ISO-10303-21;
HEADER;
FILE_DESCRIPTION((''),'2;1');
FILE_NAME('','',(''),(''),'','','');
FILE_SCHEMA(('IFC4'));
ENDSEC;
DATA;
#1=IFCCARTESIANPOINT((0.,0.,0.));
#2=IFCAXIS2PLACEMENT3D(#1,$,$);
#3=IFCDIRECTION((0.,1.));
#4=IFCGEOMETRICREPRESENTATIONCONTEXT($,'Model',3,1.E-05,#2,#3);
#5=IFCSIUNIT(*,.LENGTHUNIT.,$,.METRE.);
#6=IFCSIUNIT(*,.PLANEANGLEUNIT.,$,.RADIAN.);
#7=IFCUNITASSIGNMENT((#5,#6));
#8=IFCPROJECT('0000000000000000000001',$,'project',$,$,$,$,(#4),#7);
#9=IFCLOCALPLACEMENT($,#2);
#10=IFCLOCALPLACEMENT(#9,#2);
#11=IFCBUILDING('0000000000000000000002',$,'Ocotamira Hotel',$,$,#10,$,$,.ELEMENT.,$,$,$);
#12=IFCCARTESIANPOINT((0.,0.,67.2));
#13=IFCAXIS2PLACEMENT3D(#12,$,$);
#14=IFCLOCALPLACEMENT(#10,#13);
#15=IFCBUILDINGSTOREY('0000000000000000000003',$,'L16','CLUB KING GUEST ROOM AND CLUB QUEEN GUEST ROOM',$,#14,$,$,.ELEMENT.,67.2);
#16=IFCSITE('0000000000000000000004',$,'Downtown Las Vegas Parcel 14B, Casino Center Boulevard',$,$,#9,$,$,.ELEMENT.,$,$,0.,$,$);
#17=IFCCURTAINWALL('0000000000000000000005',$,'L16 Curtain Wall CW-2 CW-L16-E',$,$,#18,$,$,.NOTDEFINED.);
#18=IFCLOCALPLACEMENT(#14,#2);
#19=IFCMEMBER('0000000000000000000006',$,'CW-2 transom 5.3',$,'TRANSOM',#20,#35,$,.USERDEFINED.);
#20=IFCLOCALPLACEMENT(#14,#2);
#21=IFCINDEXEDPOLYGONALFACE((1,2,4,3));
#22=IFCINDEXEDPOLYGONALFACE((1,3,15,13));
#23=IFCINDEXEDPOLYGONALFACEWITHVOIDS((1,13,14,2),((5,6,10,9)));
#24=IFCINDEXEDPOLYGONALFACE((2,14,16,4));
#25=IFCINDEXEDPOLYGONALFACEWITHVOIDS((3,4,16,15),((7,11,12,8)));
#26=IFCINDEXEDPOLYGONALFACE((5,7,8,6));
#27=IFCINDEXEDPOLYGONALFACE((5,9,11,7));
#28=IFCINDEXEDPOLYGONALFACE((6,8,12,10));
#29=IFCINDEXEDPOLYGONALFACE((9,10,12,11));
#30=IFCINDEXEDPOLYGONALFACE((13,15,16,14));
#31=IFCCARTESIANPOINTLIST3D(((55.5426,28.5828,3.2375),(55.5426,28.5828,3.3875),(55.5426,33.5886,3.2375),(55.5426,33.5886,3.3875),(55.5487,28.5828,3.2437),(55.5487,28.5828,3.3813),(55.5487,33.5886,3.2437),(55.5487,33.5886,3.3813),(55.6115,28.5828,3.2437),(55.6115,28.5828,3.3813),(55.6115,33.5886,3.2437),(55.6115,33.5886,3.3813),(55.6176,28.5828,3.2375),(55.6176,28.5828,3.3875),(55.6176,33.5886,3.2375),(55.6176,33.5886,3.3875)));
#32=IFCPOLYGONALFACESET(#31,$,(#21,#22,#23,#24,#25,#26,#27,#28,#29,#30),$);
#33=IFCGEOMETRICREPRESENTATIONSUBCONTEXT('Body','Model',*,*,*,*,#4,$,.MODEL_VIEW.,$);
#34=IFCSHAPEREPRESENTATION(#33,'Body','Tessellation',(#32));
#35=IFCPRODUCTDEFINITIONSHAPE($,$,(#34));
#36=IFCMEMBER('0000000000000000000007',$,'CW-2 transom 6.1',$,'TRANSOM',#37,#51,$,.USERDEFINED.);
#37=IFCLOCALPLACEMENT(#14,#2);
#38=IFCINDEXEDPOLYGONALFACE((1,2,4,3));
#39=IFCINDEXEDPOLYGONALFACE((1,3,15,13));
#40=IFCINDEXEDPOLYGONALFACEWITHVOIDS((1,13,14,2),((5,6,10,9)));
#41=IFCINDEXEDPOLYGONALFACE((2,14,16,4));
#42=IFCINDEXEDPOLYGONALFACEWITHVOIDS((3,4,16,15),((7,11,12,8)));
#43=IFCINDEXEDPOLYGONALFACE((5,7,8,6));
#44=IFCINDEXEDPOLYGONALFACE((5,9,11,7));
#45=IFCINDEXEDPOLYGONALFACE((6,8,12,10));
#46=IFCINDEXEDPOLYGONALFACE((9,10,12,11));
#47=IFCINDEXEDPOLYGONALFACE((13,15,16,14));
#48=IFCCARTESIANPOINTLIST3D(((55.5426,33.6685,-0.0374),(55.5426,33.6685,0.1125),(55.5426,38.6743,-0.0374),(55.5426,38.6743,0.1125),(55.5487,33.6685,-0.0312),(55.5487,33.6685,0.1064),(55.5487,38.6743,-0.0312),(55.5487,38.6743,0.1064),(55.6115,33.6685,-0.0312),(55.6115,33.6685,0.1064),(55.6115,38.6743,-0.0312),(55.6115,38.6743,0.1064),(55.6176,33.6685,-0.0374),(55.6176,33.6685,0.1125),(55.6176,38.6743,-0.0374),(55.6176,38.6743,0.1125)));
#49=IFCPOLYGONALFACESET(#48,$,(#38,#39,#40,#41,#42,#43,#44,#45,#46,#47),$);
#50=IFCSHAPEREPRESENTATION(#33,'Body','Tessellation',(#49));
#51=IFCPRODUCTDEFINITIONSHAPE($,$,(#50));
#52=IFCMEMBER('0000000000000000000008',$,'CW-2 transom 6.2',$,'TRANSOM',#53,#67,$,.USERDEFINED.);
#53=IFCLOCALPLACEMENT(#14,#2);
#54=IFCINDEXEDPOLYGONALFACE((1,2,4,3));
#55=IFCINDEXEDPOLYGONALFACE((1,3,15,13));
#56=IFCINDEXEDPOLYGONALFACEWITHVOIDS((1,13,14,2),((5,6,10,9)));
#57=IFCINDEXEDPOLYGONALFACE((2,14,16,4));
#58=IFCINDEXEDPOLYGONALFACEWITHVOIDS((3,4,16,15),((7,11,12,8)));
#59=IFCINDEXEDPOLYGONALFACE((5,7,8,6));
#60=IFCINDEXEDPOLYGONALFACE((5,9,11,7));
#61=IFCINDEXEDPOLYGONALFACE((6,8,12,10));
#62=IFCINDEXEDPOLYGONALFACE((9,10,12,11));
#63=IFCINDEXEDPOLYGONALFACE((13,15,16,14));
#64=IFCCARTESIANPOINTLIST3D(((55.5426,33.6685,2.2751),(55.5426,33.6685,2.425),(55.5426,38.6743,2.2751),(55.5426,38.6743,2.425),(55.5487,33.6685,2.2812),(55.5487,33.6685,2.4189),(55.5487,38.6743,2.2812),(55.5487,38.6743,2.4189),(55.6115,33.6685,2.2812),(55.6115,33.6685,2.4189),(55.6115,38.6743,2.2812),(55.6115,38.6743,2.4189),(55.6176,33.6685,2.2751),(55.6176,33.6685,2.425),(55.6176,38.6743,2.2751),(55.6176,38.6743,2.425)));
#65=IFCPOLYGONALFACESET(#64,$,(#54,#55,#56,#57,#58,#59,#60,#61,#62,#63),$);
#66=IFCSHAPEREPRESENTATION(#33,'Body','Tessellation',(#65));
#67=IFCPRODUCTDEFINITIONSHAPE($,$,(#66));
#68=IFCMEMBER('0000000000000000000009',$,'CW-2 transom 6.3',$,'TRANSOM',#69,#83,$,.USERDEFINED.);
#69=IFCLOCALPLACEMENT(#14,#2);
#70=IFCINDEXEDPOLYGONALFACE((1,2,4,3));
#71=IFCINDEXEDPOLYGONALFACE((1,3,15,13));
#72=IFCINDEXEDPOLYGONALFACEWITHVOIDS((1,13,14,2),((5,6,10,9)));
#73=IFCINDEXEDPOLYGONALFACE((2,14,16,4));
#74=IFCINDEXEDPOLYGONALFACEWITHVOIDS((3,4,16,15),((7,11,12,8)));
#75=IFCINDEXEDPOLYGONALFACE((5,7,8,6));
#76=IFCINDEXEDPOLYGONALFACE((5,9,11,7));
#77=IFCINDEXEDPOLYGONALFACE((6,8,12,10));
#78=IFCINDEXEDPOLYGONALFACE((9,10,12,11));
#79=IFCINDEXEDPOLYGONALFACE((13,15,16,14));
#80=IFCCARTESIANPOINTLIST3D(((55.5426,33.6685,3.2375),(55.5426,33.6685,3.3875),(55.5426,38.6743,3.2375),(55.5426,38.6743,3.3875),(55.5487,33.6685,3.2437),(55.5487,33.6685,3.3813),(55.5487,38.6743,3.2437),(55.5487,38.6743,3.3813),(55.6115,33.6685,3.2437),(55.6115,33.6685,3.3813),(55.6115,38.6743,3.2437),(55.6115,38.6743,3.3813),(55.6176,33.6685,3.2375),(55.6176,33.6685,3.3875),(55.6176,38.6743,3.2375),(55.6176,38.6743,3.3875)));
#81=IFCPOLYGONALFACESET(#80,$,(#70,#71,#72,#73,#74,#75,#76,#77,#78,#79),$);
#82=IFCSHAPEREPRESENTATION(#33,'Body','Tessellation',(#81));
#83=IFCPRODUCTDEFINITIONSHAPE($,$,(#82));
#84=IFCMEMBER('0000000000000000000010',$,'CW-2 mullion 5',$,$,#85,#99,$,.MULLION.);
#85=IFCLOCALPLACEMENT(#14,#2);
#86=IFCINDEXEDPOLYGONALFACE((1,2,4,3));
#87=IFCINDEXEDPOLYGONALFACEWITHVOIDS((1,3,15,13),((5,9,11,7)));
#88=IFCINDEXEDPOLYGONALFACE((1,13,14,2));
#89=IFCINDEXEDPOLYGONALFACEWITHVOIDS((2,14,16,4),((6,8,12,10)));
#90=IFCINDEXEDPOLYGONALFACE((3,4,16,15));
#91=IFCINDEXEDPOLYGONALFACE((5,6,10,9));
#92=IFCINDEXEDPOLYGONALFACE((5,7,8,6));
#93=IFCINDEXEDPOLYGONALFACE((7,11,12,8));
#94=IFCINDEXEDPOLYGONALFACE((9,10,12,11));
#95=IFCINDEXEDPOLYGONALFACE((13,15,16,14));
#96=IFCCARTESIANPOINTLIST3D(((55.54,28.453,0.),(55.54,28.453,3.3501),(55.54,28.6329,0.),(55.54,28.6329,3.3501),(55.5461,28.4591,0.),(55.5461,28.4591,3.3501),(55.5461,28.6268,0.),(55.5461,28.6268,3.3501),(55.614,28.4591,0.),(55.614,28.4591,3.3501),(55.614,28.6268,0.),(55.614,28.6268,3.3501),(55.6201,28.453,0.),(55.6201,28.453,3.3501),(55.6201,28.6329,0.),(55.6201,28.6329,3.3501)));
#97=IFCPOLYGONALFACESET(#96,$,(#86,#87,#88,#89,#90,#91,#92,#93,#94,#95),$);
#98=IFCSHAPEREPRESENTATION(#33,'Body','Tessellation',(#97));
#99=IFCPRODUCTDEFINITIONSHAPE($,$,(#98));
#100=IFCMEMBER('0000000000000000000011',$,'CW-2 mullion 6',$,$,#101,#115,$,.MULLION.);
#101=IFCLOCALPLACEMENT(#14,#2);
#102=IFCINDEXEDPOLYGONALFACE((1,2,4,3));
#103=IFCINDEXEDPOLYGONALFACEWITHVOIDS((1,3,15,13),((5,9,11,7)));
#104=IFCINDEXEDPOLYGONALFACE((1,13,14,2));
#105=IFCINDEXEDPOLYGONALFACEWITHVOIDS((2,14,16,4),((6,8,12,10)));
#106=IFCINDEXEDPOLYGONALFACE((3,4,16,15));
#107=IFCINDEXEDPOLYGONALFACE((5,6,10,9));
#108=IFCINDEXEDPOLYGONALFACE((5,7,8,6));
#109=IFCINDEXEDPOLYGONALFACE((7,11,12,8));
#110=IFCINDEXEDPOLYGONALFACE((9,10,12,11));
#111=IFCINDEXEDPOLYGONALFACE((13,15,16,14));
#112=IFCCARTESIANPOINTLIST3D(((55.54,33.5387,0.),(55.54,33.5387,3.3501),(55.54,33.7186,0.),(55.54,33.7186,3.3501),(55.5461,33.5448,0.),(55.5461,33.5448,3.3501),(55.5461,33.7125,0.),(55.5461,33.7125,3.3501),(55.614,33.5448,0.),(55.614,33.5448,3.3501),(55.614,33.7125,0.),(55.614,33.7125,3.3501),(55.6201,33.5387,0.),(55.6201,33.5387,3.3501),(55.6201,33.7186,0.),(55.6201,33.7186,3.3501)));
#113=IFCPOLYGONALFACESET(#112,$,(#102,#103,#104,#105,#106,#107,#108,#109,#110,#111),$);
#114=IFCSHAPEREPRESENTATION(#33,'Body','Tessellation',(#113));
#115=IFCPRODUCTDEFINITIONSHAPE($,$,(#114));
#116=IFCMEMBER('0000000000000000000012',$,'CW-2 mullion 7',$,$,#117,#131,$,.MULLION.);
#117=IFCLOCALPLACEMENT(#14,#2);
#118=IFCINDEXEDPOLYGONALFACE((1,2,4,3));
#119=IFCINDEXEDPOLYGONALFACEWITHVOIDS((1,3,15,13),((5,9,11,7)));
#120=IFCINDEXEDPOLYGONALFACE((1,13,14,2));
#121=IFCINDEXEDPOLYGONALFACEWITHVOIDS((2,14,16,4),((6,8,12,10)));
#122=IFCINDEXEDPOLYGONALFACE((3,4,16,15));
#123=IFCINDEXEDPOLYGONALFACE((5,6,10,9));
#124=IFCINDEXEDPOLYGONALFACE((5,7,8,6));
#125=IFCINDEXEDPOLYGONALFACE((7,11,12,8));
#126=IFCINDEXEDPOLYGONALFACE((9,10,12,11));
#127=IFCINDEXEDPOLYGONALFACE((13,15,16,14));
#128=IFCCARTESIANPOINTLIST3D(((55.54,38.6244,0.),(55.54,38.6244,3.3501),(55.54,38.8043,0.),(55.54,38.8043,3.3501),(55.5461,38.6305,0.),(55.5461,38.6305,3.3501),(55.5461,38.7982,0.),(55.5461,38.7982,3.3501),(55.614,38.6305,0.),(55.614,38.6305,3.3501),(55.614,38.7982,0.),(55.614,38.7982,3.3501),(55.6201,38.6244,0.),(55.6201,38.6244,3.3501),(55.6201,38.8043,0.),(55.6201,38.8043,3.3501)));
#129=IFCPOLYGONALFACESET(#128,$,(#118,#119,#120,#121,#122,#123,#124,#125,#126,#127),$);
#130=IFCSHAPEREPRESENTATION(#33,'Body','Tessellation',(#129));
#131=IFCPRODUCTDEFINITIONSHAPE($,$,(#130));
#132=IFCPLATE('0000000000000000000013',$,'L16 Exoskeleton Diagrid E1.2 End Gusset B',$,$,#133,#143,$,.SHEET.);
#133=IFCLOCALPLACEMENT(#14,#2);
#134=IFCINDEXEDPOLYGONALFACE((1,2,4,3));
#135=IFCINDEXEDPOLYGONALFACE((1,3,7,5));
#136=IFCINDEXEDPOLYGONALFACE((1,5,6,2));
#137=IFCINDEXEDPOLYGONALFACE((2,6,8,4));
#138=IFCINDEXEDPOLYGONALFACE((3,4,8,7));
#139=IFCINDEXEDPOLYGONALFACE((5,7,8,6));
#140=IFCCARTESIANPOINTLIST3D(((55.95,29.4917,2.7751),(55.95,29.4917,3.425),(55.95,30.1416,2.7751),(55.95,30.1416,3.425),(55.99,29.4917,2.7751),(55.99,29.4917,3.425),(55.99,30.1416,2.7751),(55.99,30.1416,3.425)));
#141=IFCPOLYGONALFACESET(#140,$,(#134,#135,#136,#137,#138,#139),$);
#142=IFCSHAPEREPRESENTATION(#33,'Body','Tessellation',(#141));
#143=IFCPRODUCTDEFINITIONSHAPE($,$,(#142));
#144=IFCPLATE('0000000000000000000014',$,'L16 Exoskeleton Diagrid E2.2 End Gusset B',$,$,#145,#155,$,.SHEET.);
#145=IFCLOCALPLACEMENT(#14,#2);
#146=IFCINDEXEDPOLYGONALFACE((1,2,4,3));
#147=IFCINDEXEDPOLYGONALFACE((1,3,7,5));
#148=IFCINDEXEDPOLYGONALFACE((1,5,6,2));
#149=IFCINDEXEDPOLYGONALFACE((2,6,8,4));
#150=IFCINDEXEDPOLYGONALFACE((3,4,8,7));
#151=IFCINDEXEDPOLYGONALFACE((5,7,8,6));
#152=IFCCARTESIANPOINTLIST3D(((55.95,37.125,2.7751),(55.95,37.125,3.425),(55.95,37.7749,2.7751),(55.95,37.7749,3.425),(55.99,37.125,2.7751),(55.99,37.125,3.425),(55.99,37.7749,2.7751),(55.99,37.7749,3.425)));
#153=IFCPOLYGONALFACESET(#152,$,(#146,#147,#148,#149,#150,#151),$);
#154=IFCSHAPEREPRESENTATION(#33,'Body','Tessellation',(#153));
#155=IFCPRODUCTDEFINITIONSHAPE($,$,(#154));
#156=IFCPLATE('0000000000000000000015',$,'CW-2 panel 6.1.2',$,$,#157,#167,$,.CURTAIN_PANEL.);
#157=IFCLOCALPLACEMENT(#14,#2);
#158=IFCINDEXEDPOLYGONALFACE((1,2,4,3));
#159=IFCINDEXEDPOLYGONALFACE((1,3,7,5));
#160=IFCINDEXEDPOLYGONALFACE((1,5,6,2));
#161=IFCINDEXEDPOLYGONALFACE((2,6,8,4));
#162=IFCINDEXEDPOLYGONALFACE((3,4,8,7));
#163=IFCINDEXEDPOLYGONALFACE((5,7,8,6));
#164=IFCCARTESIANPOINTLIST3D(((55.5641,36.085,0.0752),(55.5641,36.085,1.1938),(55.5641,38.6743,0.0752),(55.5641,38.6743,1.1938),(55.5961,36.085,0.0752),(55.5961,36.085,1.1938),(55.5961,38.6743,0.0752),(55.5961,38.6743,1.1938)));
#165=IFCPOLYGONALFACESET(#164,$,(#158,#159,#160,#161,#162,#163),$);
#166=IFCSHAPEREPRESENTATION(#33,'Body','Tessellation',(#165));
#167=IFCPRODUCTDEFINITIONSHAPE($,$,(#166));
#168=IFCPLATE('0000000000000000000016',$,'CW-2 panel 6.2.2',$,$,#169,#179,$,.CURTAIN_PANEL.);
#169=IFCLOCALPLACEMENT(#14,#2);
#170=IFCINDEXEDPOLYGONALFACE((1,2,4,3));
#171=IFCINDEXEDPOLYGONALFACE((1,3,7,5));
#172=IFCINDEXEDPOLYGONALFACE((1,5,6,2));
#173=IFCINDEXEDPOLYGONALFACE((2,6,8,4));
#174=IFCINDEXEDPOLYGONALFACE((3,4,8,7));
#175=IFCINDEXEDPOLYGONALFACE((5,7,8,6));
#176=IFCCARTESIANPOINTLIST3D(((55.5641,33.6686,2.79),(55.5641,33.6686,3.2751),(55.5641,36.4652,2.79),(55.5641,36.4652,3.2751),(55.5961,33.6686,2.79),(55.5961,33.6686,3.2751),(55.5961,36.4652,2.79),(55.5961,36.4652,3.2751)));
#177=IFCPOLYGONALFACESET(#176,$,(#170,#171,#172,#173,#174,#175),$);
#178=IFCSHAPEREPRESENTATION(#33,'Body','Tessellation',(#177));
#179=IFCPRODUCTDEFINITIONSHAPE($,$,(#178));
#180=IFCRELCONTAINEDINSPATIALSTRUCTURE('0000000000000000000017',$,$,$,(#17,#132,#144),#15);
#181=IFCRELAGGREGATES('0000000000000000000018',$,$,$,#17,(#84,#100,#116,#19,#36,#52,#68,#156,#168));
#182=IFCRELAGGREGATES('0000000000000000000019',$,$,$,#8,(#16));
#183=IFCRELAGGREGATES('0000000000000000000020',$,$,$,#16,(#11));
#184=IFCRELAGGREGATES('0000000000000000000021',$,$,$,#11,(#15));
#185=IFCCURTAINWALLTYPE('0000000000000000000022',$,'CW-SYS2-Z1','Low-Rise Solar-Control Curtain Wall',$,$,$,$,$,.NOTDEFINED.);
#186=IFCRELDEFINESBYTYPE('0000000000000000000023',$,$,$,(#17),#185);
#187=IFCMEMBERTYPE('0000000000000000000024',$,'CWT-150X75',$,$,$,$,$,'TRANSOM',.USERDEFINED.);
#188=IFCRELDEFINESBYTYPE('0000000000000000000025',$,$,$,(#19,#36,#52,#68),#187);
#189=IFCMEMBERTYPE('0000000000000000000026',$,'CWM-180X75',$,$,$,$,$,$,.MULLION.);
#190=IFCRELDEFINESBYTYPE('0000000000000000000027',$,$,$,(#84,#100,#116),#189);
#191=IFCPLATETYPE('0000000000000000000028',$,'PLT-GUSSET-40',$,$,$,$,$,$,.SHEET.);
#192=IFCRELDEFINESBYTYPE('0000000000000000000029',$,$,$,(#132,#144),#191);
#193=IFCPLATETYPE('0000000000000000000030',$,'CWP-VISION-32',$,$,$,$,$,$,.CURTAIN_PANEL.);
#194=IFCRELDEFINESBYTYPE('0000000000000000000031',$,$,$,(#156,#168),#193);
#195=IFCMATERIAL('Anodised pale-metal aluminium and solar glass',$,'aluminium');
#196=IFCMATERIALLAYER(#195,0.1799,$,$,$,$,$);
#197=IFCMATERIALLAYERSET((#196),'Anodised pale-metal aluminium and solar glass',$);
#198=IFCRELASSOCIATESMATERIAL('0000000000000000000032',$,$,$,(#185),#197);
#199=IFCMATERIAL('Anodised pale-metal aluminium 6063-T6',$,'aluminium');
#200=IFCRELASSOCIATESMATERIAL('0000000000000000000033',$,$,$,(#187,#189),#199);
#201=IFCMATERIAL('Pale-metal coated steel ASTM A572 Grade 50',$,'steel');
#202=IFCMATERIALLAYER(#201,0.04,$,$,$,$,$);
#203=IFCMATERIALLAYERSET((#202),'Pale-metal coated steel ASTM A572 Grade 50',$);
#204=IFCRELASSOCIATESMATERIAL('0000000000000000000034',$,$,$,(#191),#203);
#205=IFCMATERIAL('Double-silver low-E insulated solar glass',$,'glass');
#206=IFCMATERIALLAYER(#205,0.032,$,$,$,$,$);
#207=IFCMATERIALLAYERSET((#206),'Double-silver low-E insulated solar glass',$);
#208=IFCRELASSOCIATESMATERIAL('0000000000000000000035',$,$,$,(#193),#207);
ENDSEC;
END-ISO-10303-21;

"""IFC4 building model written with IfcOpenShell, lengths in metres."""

from ifc_helpers import new_model, si_unit, direction, frame, origin, origin_2d, place, context, subcontext, project, spatial, rectangle, hollow_rectangle, extrude, source, transform, mapped, material, layer, layer_set, material_profile, profile_set, type_object, element, aggregate, save


model = new_model("IFC4")

# Units and contexts
model_context = context("Model", 3, precision=1e-05, world=origin(), true_north=direction((0.0, 1.0)))
body_context = subcontext(model_context, "Body", "Model", "MODEL_VIEW")
ifc_project = project(units=[si_unit("LENGTHUNIT", "METRE"), si_unit("PLANEANGLEUNIT", "RADIAN")], contexts=[model_context])

# Site, building, storey
site_placement = place(None, origin())
site = spatial("IfcSite", under=ifc_project, at=site_placement, Name="Downtown Las Vegas Parcel 14B, Casino Center Boulevard", CompositionType="ELEMENT", RefElevation=0.0)
building_placement = place(site_placement, origin())
building = spatial("IfcBuilding", under=site, at=building_placement, Name="Ocotamira Hotel", CompositionType="ELEMENT")
storey_placement = place(building_placement, frame((0.0, 0.0, 67.2)))
storey = spatial("IfcBuildingStorey", under=building, at=storey_placement, Name="L16", Description="CLUB KING GUEST ROOM AND CLUB QUEEN GUEST ROOM", CompositionType="ELEMENT", Elevation=67.2)

# Curtain wall, members
ifc_material_1 = material(Name="Anodised pale-metal aluminium and solar glass", Category="aluminium")
ifc_layer_1 = layer(ifc_material_1, 0.1799)
ifc_layer_set_1 = layer_set([ifc_layer_1], Name="Anodised pale-metal aluminium and solar glass")
curtain_wall_type = type_object("IfcCurtainWallType", Name="CW-SYS2-Z1", Description="Low-Rise Solar-Control Curtain Wall", PredefinedType="NOTDEFINED", material=ifc_layer_set_1)
curtain_wall_placement = place(storey_placement, origin())
curtain_wall = element("IfcCurtainWall", 1, at=curtain_wall_placement, inside=storey, type_object=curtain_wall_type, Name="L16 Curtain Wall CW-2 CW-L16-E", PredefinedType="NOTDEFINED")
ifc_material_2 = material(Name="Anodised pale-metal aluminium 6063-T6", Category="aluminium")
ifc_material_profile_1 = material_profile(ifc_material_2, hollow_rectangle(XDim=0.075, YDim=0.1499, WallThickness=0.0061, at=origin_2d()), Name="HSS150X75X6")
ifc_profile_set_1 = profile_set([ifc_material_profile_1], Name="Anodised pale-metal aluminium 6063-T6")
member_type_1 = type_object("IfcMemberType", Name="CWT-150X75", ElementType="TRANSOM", PredefinedType="USERDEFINED", material=ifc_profile_set_1)
shared_shape_1 = source(origin(), body_context, "Body", "SweptSolid", [
    extrude(hollow_rectangle(XDim=0.075, YDim=0.1499, WallThickness=0.0061, at=origin_2d()), origin(), (0.0, 0.0, 1.0), 5.0059),
])
member_1_placement = place(storey_placement, frame((55.5801, 28.5828, 3.3125), z_axis=(0.0, 1.0, 0.0), x_axis=(-1.0, 0.0, 0.0)))
member_1 = element("IfcMember", 2, at=member_1_placement, type_object=member_type_1, Name="CW-2 transom 5.3", ObjectType="TRANSOM", PredefinedType="USERDEFINED", context=body_context, shape_type="MappedRepresentation", body=[
    mapped(shared_shape_1, transform((0.0, 0.0, 0.0), scale=1.0)),
])
member_2_placement = place(storey_placement, frame((55.5801, 33.6685, 0.0376), z_axis=(0.0, 1.0, 0.0), x_axis=(-1.0, 0.0, 0.0)))
member_2 = element("IfcMember", 3, at=member_2_placement, type_object=member_type_1, Name="CW-2 transom 6.1", ObjectType="TRANSOM", PredefinedType="USERDEFINED", context=body_context, shape_type="MappedRepresentation", body=[
    mapped(shared_shape_1, transform((0.0, 0.0, 0.0), scale=1.0)),
])
member_3_placement = place(storey_placement, frame((55.5801, 33.6685, 2.3501), z_axis=(0.0, 1.0, 0.0), x_axis=(-1.0, 0.0, 0.0)))
member_3 = element("IfcMember", 4, at=member_3_placement, type_object=member_type_1, Name="CW-2 transom 6.2", ObjectType="TRANSOM", PredefinedType="USERDEFINED", context=body_context, shape_type="MappedRepresentation", body=[
    mapped(shared_shape_1, transform((0.0, 0.0, 0.0), scale=1.0)),
])
member_4_placement = place(storey_placement, frame((55.5801, 33.6685, 3.3125), z_axis=(0.0, 1.0, 0.0), x_axis=(-1.0, 0.0, 0.0)))
member_4 = element("IfcMember", 5, at=member_4_placement, type_object=member_type_1, Name="CW-2 transom 6.3", ObjectType="TRANSOM", PredefinedType="USERDEFINED", context=body_context, shape_type="MappedRepresentation", body=[
    mapped(shared_shape_1, transform((0.0, 0.0, 0.0), scale=1.0)),
])
ifc_material_profile_2 = material_profile(ifc_material_2, hollow_rectangle(XDim=0.0801, YDim=0.1799, WallThickness=0.0061, at=origin_2d()), Name="HSS180X80X6")
ifc_profile_set_2 = profile_set([ifc_material_profile_2], Name="Anodised pale-metal aluminium 6063-T6")
member_type_2 = type_object("IfcMemberType", Name="CWM-180X75", PredefinedType="MULLION", material=ifc_profile_set_2)
shared_shape_2 = source(origin(), body_context, "Body", "SweptSolid", [
    extrude(hollow_rectangle(XDim=0.0801, YDim=0.1799, WallThickness=0.0061, at=origin_2d()), origin(), (0.0, 0.0, 1.0), 3.3501),
])
member_5_placement = place(storey_placement, frame((55.5801, 28.543, 0.0), z_axis=(0.0, 0.0, 1.0), x_axis=(-1.0, 0.0, 0.0)))
member_5 = element("IfcMember", 6, at=member_5_placement, type_object=member_type_2, Name="CW-2 mullion 5", PredefinedType="MULLION", context=body_context, shape_type="MappedRepresentation", body=[
    mapped(shared_shape_2, transform((0.0, 0.0, 0.0), scale=1.0)),
])
member_6_placement = place(storey_placement, frame((55.5801, 33.6287, 0.0), z_axis=(0.0, 0.0, 1.0), x_axis=(-1.0, 0.0, 0.0)))
member_6 = element("IfcMember", 7, at=member_6_placement, type_object=member_type_2, Name="CW-2 mullion 6", PredefinedType="MULLION", context=body_context, shape_type="MappedRepresentation", body=[
    mapped(shared_shape_2, transform((0.0, 0.0, 0.0), scale=1.0)),
])
member_7_placement = place(storey_placement, frame((55.5801, 38.7144, 0.0), z_axis=(0.0, 0.0, 1.0), x_axis=(-1.0, 0.0, 0.0)))
member_7 = element("IfcMember", 8, at=member_7_placement, type_object=member_type_2, Name="CW-2 mullion 7", PredefinedType="MULLION", context=body_context, shape_type="MappedRepresentation", body=[
    mapped(shared_shape_2, transform((0.0, 0.0, 0.0), scale=1.0)),
])

# Plates
ifc_material_3 = material(Name="Pale-metal coated steel ASTM A572 Grade 50", Category="steel")
ifc_layer_2 = layer(ifc_material_3, 0.04)
ifc_layer_set_2 = layer_set([ifc_layer_2], Name="Pale-metal coated steel ASTM A572 Grade 50")
plate_type_1 = type_object("IfcPlateType", Name="PLT-GUSSET-40", PredefinedType="SHEET", material=ifc_layer_set_2)
shared_shape_3 = source(origin(), body_context, "Body", "SweptSolid", [
    extrude(rectangle(XDim=0.04, YDim=0.6499, at=origin_2d()), origin(), (0.0, 0.0, 1.0), 0.6499),
])
for number, where, z_axis, x_axis, name in (
    (9, (55.97, 29.8167, 2.7751), (0.0, 0.0, 1.0), (1.0, 0.0, 0.0), "L16 Exoskeleton Diagrid E1.2 End Gusset B"),
    (10, (55.97, 37.45, 2.7751), (0.0, 0.0, 1.0), (1.0, 0.0, 0.0), "L16 Exoskeleton Diagrid E2.2 End Gusset B"),
):
    element("IfcPlate", number, at=place(storey_placement, frame(where, z_axis=z_axis, x_axis=x_axis)), inside=storey, type_object=plate_type_1, Name=name, PredefinedType="SHEET", context=body_context, shape_type="MappedRepresentation", body=[
        mapped(shared_shape_3, transform((0.0, 0.0, 0.0), scale=1.0)),
    ])

# Plates
ifc_material_4 = material(Name="Double-silver low-E insulated solar glass", Category="glass")
ifc_layer_3 = layer(ifc_material_4, 0.032)
ifc_layer_set_3 = layer_set([ifc_layer_3], Name="Double-silver low-E insulated solar glass")
plate_type_2 = type_object("IfcPlateType", Name="CWP-VISION-32", PredefinedType="CURTAIN_PANEL", material=ifc_layer_set_3)
shared_shape_4 = source(origin(), body_context, "Body", "SweptSolid", [
    extrude(rectangle(XDim=2.5894, YDim=0.032, at=origin_2d()), origin(), (0.0, 0.0, 1.0), 1.1187),
])
plate_1_placement = place(storey_placement, frame((55.5801, 37.3796, 0.0752), z_axis=(0.0, 0.0, 1.0), x_axis=(0.0, 1.0, 0.0)))
plate_1 = element("IfcPlate", 11, at=plate_1_placement, type_object=plate_type_2, Name="CW-2 panel 6.1.2", PredefinedType="CURTAIN_PANEL", context=body_context, shape_type="MappedRepresentation", body=[
    mapped(shared_shape_4, transform((0.0, 0.0, 0.0), scale=1.0)),
])
shared_shape_5 = source(origin(), body_context, "Body", "SweptSolid", [
    extrude(rectangle(XDim=2.7966, YDim=0.032, at=origin_2d()), origin(), (0.0, 0.0, 1.0), 0.4851),
])
plate_2_placement = place(storey_placement, frame((55.5801, 35.0669, 2.79), z_axis=(0.0, 0.0, 1.0), x_axis=(0.0, 1.0, 0.0)))
plate_2 = element("IfcPlate", 12, at=plate_2_placement, type_object=plate_type_2, Name="CW-2 panel 6.2.2", PredefinedType="CURTAIN_PANEL", context=body_context, shape_type="MappedRepresentation", body=[
    mapped(shared_shape_5, transform((0.0, 0.0, 0.0), scale=1.0)),
])
aggregate(curtain_wall, [member_5, member_6, member_7, member_1, member_2, member_3, member_4, plate_1, plate_2])

save(model, "model.ifc")
